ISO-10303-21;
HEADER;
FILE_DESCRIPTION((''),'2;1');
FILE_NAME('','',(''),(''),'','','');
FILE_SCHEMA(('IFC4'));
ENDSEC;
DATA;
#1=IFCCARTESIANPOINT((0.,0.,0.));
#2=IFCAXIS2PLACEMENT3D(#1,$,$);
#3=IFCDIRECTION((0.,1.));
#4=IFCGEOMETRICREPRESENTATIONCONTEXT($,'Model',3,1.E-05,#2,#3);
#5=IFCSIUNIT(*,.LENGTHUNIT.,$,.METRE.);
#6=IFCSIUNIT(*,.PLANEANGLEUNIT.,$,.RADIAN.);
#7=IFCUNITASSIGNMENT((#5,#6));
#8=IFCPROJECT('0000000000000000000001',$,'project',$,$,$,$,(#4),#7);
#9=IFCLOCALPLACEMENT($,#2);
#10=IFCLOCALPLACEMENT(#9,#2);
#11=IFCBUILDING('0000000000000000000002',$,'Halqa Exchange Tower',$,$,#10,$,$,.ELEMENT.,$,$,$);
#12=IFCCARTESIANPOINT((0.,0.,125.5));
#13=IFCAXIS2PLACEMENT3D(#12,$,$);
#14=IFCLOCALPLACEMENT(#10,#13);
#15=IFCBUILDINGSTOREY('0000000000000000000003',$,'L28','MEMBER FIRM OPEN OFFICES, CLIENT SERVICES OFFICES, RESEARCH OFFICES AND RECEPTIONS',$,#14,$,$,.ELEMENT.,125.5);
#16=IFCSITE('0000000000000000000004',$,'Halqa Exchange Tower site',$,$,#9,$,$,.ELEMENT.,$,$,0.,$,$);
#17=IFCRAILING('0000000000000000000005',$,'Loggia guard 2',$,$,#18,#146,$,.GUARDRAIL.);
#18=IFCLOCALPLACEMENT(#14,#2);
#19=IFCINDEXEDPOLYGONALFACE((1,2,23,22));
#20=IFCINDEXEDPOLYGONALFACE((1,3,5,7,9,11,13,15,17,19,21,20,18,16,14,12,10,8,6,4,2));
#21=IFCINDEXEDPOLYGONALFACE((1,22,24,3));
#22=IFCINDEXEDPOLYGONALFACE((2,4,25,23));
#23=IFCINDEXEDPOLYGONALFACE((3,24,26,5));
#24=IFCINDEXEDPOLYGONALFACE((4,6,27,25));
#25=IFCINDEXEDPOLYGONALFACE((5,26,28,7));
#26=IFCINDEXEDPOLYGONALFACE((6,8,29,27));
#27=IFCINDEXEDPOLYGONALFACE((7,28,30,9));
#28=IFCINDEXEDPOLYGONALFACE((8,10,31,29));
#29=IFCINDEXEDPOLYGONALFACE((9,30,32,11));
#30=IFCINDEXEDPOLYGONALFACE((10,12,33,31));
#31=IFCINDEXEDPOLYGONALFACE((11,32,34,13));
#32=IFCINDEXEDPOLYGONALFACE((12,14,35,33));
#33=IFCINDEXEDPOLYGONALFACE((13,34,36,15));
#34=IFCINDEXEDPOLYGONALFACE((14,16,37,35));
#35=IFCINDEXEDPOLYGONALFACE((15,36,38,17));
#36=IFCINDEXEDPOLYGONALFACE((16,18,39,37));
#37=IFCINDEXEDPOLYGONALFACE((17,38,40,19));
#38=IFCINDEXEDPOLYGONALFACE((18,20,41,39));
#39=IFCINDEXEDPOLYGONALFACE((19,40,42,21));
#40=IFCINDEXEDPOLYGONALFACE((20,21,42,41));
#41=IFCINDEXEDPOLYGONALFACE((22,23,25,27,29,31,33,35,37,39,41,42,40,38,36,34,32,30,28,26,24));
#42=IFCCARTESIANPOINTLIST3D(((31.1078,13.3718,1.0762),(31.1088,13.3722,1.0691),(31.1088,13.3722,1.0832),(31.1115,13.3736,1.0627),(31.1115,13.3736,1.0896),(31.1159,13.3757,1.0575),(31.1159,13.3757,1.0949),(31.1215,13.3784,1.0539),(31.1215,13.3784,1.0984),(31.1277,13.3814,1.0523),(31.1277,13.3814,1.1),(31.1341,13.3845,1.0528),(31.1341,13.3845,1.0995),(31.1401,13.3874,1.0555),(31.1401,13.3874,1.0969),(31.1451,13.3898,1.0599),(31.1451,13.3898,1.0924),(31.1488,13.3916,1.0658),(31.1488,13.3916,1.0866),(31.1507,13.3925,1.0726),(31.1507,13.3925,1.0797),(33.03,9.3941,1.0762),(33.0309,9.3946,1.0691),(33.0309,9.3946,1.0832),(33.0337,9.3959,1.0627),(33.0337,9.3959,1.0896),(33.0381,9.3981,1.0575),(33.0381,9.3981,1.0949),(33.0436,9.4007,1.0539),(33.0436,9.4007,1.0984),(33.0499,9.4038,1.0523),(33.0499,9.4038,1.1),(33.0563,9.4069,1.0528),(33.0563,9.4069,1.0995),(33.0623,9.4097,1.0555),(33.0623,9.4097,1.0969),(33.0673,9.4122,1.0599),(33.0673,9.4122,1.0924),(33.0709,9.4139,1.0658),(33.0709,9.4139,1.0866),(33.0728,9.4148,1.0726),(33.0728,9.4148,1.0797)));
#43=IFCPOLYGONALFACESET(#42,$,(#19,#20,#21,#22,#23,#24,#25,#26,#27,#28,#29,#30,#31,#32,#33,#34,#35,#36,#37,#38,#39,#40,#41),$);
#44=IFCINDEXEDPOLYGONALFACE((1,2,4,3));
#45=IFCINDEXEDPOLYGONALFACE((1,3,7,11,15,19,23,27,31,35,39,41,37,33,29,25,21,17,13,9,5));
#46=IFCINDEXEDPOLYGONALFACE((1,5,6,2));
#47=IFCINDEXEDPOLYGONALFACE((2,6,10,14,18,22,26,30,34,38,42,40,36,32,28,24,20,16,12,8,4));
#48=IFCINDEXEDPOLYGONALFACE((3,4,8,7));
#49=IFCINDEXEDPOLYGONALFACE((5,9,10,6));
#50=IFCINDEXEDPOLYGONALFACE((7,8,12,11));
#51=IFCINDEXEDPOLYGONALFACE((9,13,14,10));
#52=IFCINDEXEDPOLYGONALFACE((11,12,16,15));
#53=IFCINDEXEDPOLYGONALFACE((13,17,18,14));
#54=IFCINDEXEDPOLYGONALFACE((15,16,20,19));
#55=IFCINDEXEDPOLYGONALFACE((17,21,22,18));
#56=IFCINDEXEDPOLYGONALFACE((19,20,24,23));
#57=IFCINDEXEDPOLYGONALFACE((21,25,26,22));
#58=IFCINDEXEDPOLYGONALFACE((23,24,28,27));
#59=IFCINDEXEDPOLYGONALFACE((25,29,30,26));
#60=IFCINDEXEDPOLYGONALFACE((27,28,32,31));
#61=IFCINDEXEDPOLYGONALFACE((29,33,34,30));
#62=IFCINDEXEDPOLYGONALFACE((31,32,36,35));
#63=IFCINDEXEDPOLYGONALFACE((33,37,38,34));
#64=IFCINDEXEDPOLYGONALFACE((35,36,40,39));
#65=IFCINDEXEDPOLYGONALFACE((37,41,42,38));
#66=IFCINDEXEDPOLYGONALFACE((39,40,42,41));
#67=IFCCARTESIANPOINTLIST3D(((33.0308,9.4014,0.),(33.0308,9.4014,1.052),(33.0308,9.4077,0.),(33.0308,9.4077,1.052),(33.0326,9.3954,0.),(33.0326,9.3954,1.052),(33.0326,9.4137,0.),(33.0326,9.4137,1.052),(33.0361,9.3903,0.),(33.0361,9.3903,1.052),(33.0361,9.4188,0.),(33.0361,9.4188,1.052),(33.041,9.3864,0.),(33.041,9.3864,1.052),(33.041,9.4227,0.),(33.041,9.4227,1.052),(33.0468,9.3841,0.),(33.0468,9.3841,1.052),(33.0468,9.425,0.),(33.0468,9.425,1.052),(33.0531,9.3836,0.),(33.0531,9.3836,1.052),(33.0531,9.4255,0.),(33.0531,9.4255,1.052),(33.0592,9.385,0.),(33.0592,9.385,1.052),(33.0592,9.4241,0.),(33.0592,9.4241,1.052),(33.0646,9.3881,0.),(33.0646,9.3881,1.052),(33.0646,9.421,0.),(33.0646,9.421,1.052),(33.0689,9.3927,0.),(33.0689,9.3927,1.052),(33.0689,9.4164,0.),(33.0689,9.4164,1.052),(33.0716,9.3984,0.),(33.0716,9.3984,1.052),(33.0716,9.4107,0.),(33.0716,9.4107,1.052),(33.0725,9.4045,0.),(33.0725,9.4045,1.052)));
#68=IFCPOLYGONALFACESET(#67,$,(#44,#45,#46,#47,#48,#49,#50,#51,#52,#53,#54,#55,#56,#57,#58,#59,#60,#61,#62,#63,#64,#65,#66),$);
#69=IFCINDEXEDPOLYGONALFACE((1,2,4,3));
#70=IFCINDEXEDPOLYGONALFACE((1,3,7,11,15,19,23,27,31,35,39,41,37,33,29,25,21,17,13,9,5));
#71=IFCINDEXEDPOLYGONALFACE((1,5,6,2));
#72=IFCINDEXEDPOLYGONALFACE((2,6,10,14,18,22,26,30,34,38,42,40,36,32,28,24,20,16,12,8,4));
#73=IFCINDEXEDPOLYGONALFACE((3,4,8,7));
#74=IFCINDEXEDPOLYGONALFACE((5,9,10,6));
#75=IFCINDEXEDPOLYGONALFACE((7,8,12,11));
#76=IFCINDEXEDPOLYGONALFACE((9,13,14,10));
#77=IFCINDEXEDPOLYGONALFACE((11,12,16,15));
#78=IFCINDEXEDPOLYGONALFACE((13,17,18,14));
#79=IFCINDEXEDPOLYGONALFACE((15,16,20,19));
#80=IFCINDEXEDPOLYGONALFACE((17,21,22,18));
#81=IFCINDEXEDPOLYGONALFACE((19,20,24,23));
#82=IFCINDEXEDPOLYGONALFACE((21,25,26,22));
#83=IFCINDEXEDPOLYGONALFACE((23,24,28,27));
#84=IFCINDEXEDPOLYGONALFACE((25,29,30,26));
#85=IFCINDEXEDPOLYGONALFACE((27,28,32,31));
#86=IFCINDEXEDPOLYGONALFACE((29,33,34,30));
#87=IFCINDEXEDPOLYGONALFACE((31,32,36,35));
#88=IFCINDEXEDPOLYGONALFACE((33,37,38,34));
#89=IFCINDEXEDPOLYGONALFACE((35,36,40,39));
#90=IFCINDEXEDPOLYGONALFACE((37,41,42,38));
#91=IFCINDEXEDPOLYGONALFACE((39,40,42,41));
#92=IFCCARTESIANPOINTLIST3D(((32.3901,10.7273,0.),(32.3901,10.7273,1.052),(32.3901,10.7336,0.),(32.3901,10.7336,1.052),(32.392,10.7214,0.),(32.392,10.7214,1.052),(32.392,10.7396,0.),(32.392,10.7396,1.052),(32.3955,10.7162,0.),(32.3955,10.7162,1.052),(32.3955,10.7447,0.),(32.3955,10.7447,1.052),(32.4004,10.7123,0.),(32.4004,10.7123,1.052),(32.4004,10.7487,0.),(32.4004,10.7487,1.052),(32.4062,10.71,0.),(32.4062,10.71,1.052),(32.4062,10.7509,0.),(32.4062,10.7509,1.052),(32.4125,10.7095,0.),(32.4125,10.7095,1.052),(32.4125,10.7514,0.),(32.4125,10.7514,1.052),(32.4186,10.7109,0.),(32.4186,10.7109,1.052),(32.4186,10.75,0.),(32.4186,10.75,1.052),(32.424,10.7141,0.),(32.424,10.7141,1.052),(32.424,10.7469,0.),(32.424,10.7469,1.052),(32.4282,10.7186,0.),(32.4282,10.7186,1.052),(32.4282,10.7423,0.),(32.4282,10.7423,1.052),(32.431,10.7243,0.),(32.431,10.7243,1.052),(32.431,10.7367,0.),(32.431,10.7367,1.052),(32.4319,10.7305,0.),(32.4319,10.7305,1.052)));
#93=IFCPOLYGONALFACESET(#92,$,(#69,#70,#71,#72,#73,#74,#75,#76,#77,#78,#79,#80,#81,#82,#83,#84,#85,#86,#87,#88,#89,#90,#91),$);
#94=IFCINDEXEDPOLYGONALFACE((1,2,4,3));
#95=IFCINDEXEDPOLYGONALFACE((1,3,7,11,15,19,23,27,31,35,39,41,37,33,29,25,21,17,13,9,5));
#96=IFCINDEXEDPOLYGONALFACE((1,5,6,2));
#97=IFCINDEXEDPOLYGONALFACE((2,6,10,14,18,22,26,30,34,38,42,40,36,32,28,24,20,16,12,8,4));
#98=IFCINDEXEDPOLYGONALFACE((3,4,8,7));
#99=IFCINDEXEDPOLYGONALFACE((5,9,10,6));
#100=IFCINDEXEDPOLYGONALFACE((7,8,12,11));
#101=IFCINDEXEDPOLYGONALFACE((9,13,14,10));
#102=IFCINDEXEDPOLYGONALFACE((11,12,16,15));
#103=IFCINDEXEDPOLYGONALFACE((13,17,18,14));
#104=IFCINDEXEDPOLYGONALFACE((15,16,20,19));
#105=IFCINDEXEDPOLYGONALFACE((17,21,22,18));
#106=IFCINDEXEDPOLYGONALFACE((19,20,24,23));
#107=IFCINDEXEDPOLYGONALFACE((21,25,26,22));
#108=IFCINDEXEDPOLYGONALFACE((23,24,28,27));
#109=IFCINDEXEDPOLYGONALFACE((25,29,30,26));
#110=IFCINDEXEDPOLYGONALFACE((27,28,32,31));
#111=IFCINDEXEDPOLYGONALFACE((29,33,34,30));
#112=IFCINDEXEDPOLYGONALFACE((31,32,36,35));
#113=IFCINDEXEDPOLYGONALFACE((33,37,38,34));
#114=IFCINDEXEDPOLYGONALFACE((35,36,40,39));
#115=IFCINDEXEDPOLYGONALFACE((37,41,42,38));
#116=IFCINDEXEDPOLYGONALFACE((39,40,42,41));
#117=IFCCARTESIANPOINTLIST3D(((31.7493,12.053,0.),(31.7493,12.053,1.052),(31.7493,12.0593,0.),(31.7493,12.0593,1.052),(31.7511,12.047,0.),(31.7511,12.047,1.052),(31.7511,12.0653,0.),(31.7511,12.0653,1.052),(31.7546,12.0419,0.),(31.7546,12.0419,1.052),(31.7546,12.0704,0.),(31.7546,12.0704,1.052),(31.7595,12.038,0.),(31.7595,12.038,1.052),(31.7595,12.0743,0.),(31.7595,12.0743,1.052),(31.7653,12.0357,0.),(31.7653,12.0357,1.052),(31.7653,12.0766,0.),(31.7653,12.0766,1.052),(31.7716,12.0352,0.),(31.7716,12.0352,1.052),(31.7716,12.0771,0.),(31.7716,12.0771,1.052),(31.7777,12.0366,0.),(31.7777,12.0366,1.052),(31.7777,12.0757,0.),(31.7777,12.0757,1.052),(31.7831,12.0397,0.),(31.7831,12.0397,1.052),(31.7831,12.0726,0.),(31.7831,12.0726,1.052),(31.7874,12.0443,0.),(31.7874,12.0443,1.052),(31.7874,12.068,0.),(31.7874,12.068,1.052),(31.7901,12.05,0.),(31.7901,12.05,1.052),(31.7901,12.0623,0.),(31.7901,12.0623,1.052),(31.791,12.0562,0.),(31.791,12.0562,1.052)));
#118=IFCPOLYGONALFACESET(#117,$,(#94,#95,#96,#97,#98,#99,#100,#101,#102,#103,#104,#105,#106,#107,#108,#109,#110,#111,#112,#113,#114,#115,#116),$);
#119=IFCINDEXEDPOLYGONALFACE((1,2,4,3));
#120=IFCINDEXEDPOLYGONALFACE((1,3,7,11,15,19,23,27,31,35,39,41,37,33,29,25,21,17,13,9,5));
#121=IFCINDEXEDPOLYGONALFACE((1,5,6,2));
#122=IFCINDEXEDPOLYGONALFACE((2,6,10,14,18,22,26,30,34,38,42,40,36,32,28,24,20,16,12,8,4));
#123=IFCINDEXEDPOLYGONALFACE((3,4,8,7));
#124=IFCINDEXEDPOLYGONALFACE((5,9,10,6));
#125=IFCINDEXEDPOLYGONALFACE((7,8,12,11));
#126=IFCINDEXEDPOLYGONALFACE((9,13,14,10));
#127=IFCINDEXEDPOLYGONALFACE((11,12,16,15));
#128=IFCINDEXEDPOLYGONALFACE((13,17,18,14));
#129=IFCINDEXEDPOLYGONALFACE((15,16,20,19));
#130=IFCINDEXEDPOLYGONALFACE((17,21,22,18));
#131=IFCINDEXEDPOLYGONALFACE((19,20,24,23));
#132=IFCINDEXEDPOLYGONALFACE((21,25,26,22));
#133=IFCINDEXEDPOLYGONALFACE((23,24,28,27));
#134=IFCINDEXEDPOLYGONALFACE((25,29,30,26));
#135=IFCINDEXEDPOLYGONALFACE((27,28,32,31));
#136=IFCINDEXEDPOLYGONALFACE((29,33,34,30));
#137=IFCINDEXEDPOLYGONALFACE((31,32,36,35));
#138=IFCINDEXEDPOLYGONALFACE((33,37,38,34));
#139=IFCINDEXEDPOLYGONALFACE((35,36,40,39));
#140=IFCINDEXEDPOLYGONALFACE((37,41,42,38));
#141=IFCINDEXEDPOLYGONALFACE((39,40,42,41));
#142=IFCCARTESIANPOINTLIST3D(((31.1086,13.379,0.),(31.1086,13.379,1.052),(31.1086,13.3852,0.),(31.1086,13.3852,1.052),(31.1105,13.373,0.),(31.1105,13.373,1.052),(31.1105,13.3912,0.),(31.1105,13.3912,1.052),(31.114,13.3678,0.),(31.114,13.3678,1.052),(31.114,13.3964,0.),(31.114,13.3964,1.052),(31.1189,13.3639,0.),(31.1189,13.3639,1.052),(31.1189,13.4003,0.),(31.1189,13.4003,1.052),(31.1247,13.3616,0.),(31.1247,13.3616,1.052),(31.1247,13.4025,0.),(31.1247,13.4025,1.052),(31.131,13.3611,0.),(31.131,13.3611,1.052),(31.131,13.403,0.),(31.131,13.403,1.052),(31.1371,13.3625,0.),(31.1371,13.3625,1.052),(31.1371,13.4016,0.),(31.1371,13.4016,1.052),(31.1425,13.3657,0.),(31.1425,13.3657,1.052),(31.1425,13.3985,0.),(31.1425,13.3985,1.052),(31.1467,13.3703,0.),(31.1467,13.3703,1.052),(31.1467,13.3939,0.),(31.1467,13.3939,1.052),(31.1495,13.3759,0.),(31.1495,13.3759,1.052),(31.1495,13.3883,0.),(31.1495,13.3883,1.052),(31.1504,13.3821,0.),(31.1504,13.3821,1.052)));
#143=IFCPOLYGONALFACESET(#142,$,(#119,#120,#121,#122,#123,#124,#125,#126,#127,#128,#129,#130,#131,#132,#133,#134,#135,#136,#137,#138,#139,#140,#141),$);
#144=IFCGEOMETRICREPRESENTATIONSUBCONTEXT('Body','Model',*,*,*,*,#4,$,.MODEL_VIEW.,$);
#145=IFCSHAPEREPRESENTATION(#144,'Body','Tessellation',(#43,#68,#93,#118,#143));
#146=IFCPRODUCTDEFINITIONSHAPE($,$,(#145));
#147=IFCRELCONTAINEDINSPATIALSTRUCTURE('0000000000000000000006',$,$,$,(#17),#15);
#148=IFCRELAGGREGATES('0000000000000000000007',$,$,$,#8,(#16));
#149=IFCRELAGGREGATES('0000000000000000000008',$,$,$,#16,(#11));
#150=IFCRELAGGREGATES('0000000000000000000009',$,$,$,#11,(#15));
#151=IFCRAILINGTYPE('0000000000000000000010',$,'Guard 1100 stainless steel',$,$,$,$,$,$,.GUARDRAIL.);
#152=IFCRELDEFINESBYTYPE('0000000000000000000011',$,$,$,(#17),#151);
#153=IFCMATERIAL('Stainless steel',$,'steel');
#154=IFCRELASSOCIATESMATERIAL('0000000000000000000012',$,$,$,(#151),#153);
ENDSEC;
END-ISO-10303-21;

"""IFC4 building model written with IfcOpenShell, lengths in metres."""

from ifc_helpers import new_model, si_unit, direction, frame, origin, origin_2d, place, context, subcontext, project, spatial, circle, extrude, material, type_object, element, save


model = new_model("IFC4")

# Units and contexts
model_context = context("Model", 3, precision=1e-05, world=origin(), true_north=direction((0.0, 1.0)))
body_context = subcontext(model_context, "Body", "Model", "MODEL_VIEW")
ifc_project = project(units=[si_unit("LENGTHUNIT", "METRE"), si_unit("PLANEANGLEUNIT", "RADIAN")], contexts=[model_context])

# Site, building, storey
site_placement = place(None, origin())
site = spatial("IfcSite", under=ifc_project, at=site_placement, Name="Halqa Exchange Tower site", CompositionType="ELEMENT", RefElevation=0.0)
building_placement = place(site_placement, origin())
building = spatial("IfcBuilding", under=site, at=building_placement, Name="Halqa Exchange Tower", CompositionType="ELEMENT")
storey_placement = place(building_placement, frame((0.0, 0.0, 125.5)))
storey = spatial("IfcBuildingStorey", under=building, at=storey_placement, Name="L28", Description="MEMBER FIRM OPEN OFFICES, CLIENT SERVICES OFFICES, RESEARCH OFFICES AND RECEPTIONS", CompositionType="ELEMENT", Elevation=125.5)

# Railing
ifc_material_1 = material(Name="Stainless steel", Category="steel")
railing_type = type_object("IfcRailingType", Name="Guard 1100 stainless steel", PredefinedType="GUARDRAIL", material=ifc_material_1)
railing_1_placement = place(storey_placement, frame((33.0515, 9.4045, 0.0)))
element("IfcRailing", 1, at=railing_1_placement, inside=storey, type_object=railing_type, Name="Loggia guard 2", PredefinedType="GUARDRAIL", context=body_context, shape_type="SweptSolid", body=[
    extrude(circle(Radius=0.0239, at=origin_2d()), frame((0.0, 0.0, 1.0762), z_axis=(-0.435103, 0.900381, 0.0), x_axis=(-0.900381, -0.435103, 0.0)), (0.0, 0.0, 1.0), 4.4177),
    extrude(circle(Radius=0.021, at=origin_2d()), origin(), (0.0, 0.0, 1.0), 1.052),
    extrude(circle(Radius=0.021, at=origin_2d()), frame((-0.6406, 1.3259, 0.0)), (0.0, 0.0, 1.0), 1.052),
    extrude(circle(Radius=0.021, at=origin_2d()), frame((-1.2815, 2.6516, 0.0)), (0.0, 0.0, 1.0), 1.052),
    extrude(circle(Radius=0.021, at=origin_2d()), frame((-1.9221, 3.9775, 0.0)), (0.0, 0.0, 1.0), 1.052),
])

save(model, "model.ifc")
